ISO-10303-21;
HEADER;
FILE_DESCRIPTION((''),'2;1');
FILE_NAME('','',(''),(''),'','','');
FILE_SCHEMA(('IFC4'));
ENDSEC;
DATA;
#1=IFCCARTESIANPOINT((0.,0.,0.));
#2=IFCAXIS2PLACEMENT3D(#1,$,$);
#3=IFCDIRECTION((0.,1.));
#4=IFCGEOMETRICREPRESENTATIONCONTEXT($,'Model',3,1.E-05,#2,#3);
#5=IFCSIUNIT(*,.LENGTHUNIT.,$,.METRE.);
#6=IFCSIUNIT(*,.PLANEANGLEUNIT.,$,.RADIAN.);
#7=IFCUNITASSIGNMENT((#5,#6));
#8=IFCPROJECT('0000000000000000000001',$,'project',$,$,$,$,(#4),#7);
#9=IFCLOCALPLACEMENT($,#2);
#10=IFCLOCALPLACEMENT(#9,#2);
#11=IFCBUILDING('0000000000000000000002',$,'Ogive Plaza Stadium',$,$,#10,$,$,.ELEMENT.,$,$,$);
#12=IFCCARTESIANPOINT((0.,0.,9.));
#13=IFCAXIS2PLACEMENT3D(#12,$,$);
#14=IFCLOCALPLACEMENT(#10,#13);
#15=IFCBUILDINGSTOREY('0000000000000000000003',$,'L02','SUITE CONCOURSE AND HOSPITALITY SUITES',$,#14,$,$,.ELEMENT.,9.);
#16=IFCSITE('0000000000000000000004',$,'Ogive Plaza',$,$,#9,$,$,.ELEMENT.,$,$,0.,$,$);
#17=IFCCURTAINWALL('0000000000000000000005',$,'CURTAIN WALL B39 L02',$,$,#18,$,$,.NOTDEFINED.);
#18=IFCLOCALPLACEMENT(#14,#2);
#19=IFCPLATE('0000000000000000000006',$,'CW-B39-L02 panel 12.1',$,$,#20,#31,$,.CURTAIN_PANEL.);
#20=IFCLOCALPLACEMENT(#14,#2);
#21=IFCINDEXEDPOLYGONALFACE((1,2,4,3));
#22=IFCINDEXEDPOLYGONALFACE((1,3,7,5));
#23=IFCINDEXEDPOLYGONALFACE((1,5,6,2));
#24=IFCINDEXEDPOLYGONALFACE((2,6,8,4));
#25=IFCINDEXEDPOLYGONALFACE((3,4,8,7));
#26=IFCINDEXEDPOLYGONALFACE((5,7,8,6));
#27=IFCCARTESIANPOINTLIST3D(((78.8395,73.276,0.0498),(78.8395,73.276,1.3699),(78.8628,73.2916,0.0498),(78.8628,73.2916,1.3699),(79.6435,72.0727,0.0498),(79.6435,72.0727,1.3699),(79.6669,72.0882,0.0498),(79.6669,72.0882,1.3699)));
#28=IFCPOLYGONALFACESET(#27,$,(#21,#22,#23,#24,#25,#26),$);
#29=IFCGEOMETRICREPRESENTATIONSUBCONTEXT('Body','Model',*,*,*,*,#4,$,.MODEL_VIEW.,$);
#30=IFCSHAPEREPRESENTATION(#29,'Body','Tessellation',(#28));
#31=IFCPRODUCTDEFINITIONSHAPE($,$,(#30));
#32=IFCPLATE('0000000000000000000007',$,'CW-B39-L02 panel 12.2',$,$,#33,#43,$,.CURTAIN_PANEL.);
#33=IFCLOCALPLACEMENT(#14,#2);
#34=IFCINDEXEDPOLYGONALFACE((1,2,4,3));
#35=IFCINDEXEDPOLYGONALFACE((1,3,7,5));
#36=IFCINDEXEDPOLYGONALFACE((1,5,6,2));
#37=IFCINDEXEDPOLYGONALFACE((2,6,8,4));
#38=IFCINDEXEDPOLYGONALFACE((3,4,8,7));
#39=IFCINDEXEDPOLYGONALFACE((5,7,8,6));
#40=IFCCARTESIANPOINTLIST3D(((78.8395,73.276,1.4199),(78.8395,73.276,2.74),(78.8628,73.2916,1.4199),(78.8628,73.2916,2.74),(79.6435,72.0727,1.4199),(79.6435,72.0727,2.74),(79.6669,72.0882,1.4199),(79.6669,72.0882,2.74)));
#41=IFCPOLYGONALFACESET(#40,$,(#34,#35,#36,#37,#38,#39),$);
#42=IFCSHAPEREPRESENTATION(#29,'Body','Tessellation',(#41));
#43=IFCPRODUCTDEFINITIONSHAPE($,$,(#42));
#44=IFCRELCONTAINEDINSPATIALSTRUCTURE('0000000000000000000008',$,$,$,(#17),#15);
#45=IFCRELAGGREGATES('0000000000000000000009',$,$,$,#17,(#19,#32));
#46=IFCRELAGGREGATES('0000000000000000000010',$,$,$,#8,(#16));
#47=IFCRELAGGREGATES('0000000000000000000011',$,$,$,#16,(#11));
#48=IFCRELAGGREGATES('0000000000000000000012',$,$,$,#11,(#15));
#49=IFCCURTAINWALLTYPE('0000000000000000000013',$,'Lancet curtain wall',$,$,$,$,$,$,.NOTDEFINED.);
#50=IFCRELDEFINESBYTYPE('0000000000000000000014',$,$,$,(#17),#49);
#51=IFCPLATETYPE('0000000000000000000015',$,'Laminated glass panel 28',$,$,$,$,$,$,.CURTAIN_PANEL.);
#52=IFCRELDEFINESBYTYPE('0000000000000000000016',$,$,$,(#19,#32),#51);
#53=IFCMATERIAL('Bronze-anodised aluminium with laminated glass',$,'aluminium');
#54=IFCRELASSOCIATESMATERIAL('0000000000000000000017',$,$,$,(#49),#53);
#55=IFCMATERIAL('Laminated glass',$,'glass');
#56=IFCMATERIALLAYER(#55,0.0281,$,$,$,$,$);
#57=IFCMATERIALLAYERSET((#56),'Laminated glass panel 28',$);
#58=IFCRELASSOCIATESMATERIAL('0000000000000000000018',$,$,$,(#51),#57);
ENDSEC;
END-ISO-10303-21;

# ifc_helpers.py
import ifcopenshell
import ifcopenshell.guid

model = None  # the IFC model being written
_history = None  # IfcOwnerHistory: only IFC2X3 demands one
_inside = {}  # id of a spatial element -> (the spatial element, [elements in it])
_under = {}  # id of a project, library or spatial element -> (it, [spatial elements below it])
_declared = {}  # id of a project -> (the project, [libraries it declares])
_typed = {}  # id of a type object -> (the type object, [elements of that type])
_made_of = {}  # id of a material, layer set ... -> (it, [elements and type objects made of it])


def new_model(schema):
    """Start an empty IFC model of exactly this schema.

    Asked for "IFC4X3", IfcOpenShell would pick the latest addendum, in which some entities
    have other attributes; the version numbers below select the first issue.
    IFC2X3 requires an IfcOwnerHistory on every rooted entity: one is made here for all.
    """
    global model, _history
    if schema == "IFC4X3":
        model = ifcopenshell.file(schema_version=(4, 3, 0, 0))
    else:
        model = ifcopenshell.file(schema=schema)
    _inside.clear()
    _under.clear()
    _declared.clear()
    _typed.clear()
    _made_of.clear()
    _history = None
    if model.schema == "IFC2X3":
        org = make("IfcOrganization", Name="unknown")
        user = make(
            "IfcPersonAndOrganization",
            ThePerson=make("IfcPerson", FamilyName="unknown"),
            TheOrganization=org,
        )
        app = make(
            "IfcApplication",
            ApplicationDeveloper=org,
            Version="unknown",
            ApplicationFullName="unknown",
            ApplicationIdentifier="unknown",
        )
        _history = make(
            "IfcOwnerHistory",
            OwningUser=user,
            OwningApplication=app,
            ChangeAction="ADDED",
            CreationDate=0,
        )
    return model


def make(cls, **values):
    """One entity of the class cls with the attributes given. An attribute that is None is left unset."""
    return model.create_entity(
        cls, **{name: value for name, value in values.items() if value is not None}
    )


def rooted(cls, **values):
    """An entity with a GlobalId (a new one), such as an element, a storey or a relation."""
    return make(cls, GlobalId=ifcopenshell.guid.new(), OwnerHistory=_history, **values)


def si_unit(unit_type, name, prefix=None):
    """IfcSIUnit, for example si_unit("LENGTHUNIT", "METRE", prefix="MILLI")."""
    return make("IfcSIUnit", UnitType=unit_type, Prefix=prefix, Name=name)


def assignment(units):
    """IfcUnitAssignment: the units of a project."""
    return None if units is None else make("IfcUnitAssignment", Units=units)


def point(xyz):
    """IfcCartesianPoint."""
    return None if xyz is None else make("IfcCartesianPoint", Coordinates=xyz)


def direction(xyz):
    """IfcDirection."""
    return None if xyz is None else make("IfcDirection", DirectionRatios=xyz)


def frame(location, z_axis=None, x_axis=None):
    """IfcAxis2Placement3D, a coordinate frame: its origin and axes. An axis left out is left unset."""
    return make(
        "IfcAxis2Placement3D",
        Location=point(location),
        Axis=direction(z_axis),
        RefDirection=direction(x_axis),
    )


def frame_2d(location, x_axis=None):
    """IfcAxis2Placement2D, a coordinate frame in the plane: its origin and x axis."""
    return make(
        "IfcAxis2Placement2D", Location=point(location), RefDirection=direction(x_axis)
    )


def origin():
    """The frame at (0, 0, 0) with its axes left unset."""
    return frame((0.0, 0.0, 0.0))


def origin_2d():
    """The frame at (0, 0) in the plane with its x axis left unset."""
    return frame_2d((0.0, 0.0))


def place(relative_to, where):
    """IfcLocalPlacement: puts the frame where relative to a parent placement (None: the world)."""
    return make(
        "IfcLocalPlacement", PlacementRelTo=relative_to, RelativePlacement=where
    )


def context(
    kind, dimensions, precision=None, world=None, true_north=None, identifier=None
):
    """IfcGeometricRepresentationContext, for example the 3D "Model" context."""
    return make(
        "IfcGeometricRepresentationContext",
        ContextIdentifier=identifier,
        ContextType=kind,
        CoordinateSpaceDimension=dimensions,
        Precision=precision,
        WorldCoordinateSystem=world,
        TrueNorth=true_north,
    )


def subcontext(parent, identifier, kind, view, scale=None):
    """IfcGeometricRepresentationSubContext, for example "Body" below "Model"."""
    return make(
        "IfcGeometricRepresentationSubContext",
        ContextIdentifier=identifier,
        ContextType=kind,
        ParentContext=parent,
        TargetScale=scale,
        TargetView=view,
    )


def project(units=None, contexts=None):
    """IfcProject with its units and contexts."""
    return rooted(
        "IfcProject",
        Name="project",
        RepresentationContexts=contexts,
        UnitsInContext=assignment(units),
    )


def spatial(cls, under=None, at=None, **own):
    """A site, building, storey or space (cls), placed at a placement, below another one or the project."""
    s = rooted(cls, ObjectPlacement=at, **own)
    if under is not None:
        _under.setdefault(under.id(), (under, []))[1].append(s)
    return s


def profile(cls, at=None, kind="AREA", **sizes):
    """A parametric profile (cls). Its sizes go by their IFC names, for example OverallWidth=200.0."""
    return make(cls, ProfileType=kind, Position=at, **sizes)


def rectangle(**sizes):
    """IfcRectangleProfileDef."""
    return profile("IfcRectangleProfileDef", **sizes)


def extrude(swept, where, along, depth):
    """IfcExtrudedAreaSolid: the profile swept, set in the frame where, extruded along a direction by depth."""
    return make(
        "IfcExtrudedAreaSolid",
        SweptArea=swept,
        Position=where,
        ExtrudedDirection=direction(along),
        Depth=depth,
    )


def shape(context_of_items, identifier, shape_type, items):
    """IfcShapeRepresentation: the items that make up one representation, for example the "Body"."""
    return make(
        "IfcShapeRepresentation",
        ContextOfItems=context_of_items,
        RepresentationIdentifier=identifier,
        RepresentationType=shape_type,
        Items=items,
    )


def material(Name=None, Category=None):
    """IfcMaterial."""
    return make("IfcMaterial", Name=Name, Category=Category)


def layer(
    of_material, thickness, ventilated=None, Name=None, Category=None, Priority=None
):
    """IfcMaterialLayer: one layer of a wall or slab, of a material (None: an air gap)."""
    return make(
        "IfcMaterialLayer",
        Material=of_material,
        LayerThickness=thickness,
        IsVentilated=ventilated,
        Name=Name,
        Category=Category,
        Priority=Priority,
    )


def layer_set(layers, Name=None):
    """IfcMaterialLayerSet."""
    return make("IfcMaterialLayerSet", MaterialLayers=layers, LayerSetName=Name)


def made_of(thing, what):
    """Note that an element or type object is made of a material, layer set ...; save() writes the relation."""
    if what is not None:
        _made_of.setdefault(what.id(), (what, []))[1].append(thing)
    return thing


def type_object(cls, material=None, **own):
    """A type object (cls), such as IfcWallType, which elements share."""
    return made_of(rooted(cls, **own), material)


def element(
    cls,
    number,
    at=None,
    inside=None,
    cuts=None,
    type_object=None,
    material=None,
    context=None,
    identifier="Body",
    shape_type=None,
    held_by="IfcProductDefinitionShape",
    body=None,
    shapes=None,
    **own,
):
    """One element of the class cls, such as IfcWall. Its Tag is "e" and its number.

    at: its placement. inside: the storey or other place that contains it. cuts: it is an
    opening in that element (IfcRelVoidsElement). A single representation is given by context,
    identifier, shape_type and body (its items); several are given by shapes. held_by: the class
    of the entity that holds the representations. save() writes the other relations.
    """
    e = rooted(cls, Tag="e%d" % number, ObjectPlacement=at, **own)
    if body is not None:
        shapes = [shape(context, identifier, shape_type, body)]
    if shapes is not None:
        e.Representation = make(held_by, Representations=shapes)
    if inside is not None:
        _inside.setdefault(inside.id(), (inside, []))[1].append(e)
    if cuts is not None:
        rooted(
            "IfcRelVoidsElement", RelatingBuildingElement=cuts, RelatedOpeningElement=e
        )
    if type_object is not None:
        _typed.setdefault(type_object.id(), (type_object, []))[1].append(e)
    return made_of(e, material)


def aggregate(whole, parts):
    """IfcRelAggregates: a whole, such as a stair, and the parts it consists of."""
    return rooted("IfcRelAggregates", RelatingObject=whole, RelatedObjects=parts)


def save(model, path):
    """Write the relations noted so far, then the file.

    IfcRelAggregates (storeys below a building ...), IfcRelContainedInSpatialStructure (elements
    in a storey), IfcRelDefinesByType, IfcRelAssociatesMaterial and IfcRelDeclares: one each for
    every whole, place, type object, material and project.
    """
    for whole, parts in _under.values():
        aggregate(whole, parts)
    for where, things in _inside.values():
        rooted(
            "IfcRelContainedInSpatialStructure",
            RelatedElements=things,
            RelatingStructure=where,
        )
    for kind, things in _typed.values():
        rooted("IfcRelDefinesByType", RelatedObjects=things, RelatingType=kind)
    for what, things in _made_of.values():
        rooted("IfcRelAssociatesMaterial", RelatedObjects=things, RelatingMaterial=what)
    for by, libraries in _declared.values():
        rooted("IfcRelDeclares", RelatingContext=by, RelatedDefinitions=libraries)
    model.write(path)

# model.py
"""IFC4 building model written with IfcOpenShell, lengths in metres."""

from ifc_helpers import new_model, si_unit, direction, frame, origin, origin_2d, place, context, subcontext, project, spatial, rectangle, extrude, material, layer, layer_set, type_object, element, aggregate, save


model = new_model("IFC4")

# Units and contexts
model_context = context("Model", 3, precision=1e-05, world=origin(), true_north=direction((0.0, 1.0)))
body_context = subcontext(model_context, "Body", "Model", "MODEL_VIEW")
ifc_project = project(units=[si_unit("LENGTHUNIT", "METRE"), si_unit("PLANEANGLEUNIT", "RADIAN")], contexts=[model_context])

# Site, building, storey
site_placement = place(None, origin())
site = spatial("IfcSite", under=ifc_project, at=site_placement, Name="Ogive Plaza", CompositionType="ELEMENT", RefElevation=0.0)
building_placement = place(site_placement, origin())
building = spatial("IfcBuilding", under=site, at=building_placement, Name="Ogive Plaza Stadium", CompositionType="ELEMENT")
storey_placement = place(building_placement, frame((0.0, 0.0, 9.0)))
storey = spatial("IfcBuildingStorey", under=building, at=storey_placement, Name="L02", Description="SUITE CONCOURSE AND HOSPITALITY SUITES", CompositionType="ELEMENT", Elevation=9.0)

# Curtain wall, plates
ifc_material_1 = material(Name="Bronze-anodised aluminium with laminated glass", Category="aluminium")
curtain_wall_type = type_object("IfcCurtainWallType", Name="Lancet curtain wall", PredefinedType="NOTDEFINED", material=ifc_material_1)
curtain_wall_placement = place(storey_placement, origin())
curtain_wall = element("IfcCurtainWall", 1, at=curtain_wall_placement, inside=storey, type_object=curtain_wall_type, Name="CURTAIN WALL B39 L02", PredefinedType="NOTDEFINED")
ifc_material_2 = material(Name="Laminated glass", Category="glass")
ifc_layer = layer(ifc_material_2, 0.0281)
ifc_layer_set = layer_set([ifc_layer], Name="Laminated glass panel 28")
plate_type = type_object("IfcPlateType", Name="Laminated glass panel 28", PredefinedType="CURTAIN_PANEL", material=ifc_layer_set)
plate_1_placement = place(storey_placement, frame((79.2532, 72.6821, 0.0498), z_axis=(0.0, 0.0, 1.0), x_axis=(0.55557, -0.83147, 0.0)))
plate_1 = element("IfcPlate", 2, at=plate_1_placement, type_object=plate_type, Name="CW-B39-L02 panel 12.1", PredefinedType="CURTAIN_PANEL", context=body_context, shape_type="SweptSolid", body=[
    extrude(rectangle(XDim=1.4473, YDim=0.0281, at=origin_2d()), origin(), (0.0, 0.0, 1.0), 1.3201),
])
plate_2_placement = place(storey_placement, frame((79.2532, 72.6821, 1.4199), z_axis=(0.0, 0.0, 1.0), x_axis=(0.55557, -0.83147, 0.0)))
plate_2 = element("IfcPlate", 3, at=plate_2_placement, type_object=plate_type, Name="CW-B39-L02 panel 12.2", PredefinedType="CURTAIN_PANEL", context=body_context, shape_type="SweptSolid", body=[
    extrude(rectangle(XDim=1.4473, YDim=0.0281, at=origin_2d()), origin(), (0.0, 0.0, 1.0), 1.3201),
])
aggregate(curtain_wall, [plate_1, plate_2])

save(model, "model.ifc")
